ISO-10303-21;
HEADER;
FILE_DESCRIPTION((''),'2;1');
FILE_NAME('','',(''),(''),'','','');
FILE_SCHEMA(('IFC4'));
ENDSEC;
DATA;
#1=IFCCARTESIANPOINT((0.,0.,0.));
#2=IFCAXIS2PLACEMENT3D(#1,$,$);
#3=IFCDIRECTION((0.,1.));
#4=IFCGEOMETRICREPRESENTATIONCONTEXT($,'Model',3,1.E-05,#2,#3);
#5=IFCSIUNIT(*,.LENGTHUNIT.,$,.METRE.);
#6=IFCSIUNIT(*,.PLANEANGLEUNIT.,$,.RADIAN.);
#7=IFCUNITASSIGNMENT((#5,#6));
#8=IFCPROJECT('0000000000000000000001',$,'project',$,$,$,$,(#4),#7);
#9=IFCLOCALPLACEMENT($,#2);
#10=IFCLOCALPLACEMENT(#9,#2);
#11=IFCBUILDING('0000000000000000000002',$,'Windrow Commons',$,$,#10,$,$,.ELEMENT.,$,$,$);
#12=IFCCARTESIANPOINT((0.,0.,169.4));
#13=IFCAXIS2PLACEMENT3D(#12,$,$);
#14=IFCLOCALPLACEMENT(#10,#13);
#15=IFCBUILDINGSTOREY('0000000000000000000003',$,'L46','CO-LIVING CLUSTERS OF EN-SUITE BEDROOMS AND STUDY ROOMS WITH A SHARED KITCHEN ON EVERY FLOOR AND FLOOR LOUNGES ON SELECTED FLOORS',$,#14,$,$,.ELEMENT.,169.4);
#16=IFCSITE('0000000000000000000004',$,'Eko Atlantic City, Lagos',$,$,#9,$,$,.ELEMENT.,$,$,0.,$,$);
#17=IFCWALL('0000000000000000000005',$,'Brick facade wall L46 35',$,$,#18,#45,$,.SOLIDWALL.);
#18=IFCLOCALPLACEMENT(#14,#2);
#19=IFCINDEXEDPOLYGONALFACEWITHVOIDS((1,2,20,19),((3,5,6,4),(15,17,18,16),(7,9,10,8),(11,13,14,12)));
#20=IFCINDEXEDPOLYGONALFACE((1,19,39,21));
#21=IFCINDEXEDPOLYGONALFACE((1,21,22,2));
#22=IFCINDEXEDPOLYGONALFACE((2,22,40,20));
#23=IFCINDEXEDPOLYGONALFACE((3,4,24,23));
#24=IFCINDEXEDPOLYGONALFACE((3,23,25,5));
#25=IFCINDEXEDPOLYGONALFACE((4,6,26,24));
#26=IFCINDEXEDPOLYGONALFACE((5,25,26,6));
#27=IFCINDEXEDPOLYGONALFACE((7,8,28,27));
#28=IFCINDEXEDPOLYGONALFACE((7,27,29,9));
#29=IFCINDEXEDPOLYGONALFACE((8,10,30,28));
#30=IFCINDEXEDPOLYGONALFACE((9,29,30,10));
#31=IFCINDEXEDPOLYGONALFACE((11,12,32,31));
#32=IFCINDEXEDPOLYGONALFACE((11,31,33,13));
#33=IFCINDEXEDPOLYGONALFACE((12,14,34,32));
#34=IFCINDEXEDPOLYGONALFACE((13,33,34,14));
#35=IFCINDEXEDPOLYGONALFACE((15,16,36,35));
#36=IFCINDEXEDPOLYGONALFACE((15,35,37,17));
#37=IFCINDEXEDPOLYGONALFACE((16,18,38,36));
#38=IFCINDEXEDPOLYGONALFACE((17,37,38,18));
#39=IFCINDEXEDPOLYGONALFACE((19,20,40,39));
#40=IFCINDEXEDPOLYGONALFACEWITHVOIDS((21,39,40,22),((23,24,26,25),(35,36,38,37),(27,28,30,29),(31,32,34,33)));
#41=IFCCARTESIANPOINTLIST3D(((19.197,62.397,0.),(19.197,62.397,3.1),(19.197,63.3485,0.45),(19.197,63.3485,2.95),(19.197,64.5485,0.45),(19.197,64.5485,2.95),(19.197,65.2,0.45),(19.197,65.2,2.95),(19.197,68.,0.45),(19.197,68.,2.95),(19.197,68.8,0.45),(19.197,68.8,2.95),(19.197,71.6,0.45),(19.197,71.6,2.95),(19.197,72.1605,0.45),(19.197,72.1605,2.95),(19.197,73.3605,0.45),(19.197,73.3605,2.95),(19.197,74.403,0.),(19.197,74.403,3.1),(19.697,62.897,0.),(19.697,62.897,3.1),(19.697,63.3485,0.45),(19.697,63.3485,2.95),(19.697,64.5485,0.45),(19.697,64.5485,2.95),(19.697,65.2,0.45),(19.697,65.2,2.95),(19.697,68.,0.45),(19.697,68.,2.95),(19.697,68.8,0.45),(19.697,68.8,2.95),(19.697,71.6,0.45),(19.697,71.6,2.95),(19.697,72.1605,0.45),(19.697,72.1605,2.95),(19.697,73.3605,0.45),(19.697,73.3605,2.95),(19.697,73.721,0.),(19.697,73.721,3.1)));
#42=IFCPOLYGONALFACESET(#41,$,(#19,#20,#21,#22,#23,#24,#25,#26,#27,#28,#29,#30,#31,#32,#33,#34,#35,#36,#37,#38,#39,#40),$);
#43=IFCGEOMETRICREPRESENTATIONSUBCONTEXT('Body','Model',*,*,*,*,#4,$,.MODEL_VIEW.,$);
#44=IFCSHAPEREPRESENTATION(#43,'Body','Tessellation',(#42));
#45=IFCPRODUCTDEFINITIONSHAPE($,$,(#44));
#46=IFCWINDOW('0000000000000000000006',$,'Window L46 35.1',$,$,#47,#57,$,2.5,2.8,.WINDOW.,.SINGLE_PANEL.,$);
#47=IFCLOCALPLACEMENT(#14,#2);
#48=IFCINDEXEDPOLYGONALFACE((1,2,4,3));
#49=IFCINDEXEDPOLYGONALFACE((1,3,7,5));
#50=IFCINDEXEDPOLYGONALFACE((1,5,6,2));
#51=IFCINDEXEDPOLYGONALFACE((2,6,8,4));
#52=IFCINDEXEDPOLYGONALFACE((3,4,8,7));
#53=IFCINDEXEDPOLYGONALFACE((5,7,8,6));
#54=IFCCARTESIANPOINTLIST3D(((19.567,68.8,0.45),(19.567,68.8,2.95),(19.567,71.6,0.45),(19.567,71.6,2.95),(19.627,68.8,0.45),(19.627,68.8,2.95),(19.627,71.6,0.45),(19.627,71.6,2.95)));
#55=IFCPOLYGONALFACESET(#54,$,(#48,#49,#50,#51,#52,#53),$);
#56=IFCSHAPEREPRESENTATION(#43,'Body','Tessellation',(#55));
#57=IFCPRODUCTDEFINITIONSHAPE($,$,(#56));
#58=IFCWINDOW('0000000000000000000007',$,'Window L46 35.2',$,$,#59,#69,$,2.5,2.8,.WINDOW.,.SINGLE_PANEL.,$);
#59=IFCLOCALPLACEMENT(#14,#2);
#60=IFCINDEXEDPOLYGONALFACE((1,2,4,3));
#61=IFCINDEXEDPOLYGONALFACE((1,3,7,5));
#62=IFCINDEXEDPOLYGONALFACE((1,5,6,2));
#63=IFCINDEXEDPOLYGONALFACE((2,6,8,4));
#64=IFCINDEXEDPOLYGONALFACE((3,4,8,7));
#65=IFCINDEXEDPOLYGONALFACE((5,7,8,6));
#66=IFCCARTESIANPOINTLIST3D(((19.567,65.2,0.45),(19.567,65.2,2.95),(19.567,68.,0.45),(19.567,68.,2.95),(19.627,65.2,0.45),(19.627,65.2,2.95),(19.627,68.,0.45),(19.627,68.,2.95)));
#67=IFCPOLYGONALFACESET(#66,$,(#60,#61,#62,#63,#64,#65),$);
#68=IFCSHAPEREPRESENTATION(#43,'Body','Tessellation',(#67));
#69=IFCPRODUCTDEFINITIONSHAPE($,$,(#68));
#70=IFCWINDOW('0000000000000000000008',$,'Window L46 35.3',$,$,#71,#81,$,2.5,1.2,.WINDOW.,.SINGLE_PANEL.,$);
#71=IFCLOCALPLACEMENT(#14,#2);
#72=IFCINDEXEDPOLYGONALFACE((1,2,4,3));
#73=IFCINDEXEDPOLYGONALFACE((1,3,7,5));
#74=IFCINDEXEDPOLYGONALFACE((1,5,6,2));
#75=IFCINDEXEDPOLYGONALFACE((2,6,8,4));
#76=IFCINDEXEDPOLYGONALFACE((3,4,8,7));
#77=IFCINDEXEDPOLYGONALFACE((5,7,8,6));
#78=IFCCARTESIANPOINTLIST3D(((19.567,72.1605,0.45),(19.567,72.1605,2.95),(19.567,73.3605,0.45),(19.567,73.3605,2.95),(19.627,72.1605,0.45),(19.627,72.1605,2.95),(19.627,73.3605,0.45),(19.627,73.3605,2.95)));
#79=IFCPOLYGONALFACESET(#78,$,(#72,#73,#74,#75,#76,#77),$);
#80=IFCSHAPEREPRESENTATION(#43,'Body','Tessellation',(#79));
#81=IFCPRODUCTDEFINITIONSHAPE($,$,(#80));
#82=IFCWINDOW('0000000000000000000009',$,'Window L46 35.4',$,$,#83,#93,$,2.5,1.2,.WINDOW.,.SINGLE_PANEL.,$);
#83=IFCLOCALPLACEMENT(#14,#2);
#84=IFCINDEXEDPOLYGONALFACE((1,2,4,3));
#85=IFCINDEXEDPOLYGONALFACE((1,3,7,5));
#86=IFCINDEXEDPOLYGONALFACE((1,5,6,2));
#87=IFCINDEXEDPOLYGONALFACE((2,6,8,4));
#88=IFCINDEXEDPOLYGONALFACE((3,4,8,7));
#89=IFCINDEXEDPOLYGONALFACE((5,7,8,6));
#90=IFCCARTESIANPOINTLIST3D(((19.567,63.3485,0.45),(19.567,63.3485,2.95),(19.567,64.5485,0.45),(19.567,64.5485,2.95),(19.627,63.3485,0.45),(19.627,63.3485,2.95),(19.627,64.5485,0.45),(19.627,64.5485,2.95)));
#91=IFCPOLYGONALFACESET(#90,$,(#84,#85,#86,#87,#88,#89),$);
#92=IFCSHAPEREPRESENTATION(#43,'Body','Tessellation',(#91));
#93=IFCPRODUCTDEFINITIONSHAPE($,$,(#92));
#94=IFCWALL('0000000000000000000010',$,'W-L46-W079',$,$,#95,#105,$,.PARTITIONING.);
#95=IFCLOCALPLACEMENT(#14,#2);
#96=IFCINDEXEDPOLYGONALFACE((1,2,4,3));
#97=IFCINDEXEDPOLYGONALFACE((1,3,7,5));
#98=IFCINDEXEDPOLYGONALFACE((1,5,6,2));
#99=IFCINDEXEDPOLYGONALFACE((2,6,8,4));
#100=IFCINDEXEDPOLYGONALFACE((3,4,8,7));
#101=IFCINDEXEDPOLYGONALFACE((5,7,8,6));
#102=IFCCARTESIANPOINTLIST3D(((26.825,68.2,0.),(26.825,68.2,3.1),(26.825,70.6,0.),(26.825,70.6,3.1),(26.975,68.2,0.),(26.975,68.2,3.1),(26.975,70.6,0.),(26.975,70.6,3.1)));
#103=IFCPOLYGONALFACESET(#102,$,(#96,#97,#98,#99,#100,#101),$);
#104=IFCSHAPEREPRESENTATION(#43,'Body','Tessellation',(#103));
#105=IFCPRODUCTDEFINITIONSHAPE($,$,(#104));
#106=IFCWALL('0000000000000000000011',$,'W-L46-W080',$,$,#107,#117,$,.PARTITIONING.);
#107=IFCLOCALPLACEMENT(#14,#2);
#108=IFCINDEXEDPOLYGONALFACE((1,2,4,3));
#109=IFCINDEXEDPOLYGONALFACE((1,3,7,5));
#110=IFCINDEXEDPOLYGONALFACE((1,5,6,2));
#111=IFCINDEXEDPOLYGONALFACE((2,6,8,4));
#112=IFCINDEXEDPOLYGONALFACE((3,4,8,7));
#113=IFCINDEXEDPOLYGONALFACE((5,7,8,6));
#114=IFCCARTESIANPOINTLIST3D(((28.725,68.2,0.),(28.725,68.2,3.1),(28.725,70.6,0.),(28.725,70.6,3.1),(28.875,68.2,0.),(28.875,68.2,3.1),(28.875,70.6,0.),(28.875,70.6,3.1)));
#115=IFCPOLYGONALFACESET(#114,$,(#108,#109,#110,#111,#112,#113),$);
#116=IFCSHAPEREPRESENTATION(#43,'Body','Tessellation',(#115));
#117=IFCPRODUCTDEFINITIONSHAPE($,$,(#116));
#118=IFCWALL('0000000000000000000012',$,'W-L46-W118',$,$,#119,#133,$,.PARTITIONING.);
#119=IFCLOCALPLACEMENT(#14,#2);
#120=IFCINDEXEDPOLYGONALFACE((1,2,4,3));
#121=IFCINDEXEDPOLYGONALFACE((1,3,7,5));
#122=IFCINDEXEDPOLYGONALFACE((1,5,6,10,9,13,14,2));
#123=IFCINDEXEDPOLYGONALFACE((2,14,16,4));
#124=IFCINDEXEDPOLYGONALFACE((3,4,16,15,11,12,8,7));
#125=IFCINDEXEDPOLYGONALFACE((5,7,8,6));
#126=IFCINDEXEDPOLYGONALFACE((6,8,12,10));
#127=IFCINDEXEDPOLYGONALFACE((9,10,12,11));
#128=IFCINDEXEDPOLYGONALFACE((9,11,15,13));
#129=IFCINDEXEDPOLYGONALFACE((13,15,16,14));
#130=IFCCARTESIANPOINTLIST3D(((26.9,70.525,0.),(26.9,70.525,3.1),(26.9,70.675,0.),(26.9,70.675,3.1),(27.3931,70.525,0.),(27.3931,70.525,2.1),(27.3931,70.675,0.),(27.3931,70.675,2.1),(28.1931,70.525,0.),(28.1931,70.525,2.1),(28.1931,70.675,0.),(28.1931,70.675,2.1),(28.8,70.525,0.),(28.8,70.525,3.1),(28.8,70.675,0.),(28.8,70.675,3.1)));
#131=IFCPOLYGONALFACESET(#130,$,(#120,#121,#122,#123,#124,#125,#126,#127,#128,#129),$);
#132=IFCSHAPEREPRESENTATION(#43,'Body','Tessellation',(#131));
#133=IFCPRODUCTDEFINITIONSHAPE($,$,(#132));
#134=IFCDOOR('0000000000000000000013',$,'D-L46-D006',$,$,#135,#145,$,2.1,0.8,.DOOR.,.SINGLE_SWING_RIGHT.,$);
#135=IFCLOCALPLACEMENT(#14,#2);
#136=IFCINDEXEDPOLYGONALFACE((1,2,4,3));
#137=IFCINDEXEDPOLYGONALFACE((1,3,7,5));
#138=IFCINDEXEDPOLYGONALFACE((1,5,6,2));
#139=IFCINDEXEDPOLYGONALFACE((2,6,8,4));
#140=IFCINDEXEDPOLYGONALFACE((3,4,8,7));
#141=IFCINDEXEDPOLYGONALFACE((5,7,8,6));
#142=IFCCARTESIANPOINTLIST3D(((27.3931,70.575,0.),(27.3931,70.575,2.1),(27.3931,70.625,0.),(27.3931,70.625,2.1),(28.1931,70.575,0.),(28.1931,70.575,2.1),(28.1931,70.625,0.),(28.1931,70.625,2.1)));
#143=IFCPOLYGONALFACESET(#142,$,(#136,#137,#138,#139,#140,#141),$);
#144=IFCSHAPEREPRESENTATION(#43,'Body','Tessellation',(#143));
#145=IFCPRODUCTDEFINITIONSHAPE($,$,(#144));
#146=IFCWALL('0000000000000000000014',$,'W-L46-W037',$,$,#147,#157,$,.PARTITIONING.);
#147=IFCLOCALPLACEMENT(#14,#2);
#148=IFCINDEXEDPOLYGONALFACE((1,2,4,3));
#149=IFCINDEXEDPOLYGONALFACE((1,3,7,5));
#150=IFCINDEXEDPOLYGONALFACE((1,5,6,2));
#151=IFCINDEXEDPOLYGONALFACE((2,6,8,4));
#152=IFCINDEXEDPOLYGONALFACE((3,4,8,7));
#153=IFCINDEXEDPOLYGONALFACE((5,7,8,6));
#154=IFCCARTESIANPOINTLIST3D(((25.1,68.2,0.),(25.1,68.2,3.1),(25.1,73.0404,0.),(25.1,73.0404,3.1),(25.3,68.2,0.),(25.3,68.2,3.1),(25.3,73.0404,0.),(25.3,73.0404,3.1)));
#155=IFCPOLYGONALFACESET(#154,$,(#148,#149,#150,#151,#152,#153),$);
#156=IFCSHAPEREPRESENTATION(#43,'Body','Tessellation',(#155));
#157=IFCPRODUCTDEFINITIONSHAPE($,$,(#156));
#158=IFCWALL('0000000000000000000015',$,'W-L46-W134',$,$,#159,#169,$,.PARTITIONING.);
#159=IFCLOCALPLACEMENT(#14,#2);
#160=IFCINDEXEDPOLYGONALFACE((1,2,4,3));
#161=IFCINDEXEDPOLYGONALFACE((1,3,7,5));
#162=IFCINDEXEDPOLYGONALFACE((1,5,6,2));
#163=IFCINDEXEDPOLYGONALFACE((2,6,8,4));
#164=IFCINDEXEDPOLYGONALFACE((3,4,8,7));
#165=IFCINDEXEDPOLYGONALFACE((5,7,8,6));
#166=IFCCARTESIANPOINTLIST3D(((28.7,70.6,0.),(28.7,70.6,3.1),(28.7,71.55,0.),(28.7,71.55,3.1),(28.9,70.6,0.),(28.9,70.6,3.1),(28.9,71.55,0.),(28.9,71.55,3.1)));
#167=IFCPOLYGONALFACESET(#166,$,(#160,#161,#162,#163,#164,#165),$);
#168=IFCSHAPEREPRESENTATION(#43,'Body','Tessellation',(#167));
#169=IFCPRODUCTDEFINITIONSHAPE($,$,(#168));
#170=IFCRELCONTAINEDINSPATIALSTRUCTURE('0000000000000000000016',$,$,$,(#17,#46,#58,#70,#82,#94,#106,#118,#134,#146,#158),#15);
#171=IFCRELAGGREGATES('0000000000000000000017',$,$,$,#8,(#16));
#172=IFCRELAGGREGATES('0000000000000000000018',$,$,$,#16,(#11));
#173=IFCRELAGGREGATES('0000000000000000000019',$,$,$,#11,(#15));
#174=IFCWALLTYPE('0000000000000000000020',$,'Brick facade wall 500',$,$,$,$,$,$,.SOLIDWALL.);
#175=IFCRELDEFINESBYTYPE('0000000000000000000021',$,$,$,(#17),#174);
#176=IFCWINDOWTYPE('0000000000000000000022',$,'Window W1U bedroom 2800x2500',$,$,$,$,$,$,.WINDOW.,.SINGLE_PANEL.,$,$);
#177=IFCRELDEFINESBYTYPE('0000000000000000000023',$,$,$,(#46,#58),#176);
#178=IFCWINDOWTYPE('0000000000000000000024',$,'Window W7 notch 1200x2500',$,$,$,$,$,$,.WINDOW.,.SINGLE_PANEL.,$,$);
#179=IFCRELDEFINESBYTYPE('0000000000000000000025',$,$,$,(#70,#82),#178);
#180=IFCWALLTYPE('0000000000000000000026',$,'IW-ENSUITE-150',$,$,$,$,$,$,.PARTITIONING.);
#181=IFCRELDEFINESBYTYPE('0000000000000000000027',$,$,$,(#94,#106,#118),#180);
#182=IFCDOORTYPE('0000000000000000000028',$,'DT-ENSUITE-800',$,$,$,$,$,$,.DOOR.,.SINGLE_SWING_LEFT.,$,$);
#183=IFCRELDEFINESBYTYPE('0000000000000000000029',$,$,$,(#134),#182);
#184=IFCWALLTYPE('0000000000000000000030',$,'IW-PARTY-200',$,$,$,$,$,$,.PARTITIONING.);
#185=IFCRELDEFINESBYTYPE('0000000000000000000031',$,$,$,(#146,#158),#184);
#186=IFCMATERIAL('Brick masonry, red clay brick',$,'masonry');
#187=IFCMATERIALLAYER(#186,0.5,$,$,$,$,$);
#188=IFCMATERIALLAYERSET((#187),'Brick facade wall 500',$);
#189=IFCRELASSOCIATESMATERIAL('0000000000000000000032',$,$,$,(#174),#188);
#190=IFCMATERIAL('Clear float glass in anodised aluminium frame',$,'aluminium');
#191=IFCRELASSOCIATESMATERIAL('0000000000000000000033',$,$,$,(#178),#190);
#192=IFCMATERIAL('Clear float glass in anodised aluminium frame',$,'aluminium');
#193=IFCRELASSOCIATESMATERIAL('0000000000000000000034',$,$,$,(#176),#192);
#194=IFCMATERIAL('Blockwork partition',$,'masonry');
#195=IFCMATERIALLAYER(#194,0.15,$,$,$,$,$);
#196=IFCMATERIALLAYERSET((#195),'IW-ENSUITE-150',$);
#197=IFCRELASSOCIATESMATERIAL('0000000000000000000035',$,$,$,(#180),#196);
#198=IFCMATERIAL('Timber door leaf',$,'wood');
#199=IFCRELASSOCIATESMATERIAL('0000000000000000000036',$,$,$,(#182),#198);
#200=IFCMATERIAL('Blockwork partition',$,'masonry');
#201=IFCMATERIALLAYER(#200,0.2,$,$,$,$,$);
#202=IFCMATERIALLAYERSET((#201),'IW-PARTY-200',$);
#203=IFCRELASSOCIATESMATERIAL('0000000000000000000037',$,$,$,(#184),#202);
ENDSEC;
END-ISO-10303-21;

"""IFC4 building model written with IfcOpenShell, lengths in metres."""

from ifc_helpers import new_model, si_unit, direction, frame, frame_2d, origin, place, context, subcontext, project, spatial, polyline, rectangle, outline, extrude, material, layer, layer_set, type_object, element, fill, save


model = new_model("IFC4")

# Units and contexts
model_context = context("Model", 3, precision=1e-05, world=origin(), true_north=direction((0.0, 1.0)))
body_context = subcontext(model_context, "Body", "Model", "MODEL_VIEW")
ifc_project = project(units=[si_unit("LENGTHUNIT", "METRE"), si_unit("PLANEANGLEUNIT", "RADIAN")], contexts=[model_context])

# Site, building, storey
site_placement = place(None, origin())
site = spatial("IfcSite", under=ifc_project, at=site_placement, Name="Eko Atlantic City, Lagos", CompositionType="ELEMENT", RefElevation=0.0)
building_placement = place(site_placement, origin())
building = spatial("IfcBuilding", under=site, at=building_placement, Name="Windrow Commons", CompositionType="ELEMENT")
storey_placement = place(building_placement, frame((0.0, 0.0, 169.4)))
storey = spatial("IfcBuildingStorey", under=building, at=storey_placement, Name="L46", Description="CO-LIVING CLUSTERS OF EN-SUITE BEDROOMS AND STUDY ROOMS WITH A SHARED KITCHEN ON EVERY FLOOR AND FLOOR LOUNGES ON SELECTED FLOORS", CompositionType="ELEMENT", Elevation=169.4)

# Shared definitions
ifc_material_1 = material(Name="Brick masonry, red clay brick", Category="masonry")
ifc_layer_1 = layer(ifc_material_1, 0.5)
ifc_layer_set_1 = layer_set([ifc_layer_1], Name="Brick facade wall 500")
wall_type_1 = type_object("IfcWallType", Name="Brick facade wall 500", PredefinedType="SOLIDWALL", material=ifc_layer_set_1)
ifc_material_2 = material(Name="Clear float glass in anodised aluminium frame", Category="aluminium")
window_type_1 = type_object("IfcWindowType", Name="Window W7 notch 1200x2500", PartitioningType="SINGLE_PANEL", PredefinedType="WINDOW", material=ifc_material_2)

# Wall, openings, windows
wall_1_placement = place(storey_placement, frame((19.447, 74.062, 0.0), z_axis=(0.0, 0.0, 1.0), x_axis=(0.0, -1.0, 0.0)))
wall_1 = element("IfcWall", 1, at=wall_1_placement, inside=storey, type_object=wall_type_1, Name="Brick facade wall L46 35", PredefinedType="SOLIDWALL", context=body_context, shape_type="SweptSolid", body=[
    extrude(outline(polyline([(-0.341, -0.25), (11.665, -0.25), (11.165, 0.25), (0.341, 0.25), (-0.341, -0.25)])), origin(), (0.0, 0.0, 1.0), 3.1),
])
opening_1_placement = place(wall_1_placement, frame((2.462, 0.0, 0.45)))
opening_1 = element("IfcOpeningElement", 2, at=opening_1_placement, cuts=wall_1, PredefinedType="OPENING", context=body_context, shape_type="SweptSolid", body=[
    extrude(rectangle(XDim=2.8, YDim=2.5, at=frame_2d((1.4, 1.25))), frame((0.0, 0.26, 0.0), z_axis=(0.0, -1.0, 0.0), x_axis=(1.0, 0.0, 0.0)), (0.0, 0.0, 1.0), 0.52),
])
opening_2_placement = place(wall_1_placement, frame((6.062, 0.0, 0.45)))
opening_2 = element("IfcOpeningElement", 3, at=opening_2_placement, cuts=wall_1, PredefinedType="OPENING", context=body_context, shape_type="SweptSolid", body=[
    extrude(rectangle(XDim=2.8, YDim=2.5, at=frame_2d((1.4, 1.25))), frame((0.0, 0.26, 0.0), z_axis=(0.0, -1.0, 0.0), x_axis=(1.0, 0.0, 0.0)), (0.0, 0.0, 1.0), 0.52),
])
opening_3_placement = place(wall_1_placement, frame((0.7015, 0.0, 0.45)))
opening_3 = element("IfcOpeningElement", 4, at=opening_3_placement, cuts=wall_1, PredefinedType="OPENING", context=body_context, shape_type="SweptSolid", body=[
    extrude(rectangle(XDim=1.2, YDim=2.5, at=frame_2d((0.6, 1.25))), frame((0.0, 0.26, 0.0), z_axis=(0.0, -1.0, 0.0), x_axis=(1.0, 0.0, 0.0)), (0.0, 0.0, 1.0), 0.52),
])
opening_4_placement = place(wall_1_placement, frame((9.5135, 0.0, 0.45)))
opening_4 = element("IfcOpeningElement", 5, at=opening_4_placement, cuts=wall_1, PredefinedType="OPENING", context=body_context, shape_type="SweptSolid", body=[
    extrude(rectangle(XDim=1.2, YDim=2.5, at=frame_2d((0.6, 1.25))), frame((0.0, 0.26, 0.0), z_axis=(0.0, -1.0, 0.0), x_axis=(1.0, 0.0, 0.0)), (0.0, 0.0, 1.0), 0.52),
])
ifc_material_3 = material(Name="Clear float glass in anodised aluminium frame", Category="aluminium")
window_type_2 = type_object("IfcWindowType", Name="Window W1U bedroom 2800x2500", PartitioningType="SINGLE_PANEL", PredefinedType="WINDOW", material=ifc_material_3)
window_1_placement = place(opening_1_placement, origin())
window_1 = element("IfcWindow", 6, at=window_1_placement, inside=storey, type_object=window_type_2, Name="Window L46 35.1", OverallHeight=2.5, OverallWidth=2.8, PartitioningType="SINGLE_PANEL", PredefinedType="WINDOW", context=body_context, shape_type="SweptSolid", body=[
    extrude(rectangle(XDim=2.8, YDim=2.5, at=frame_2d((1.4, 1.25))), frame((0.0, 0.18, 0.0), z_axis=(0.0, -1.0, 0.0), x_axis=(1.0, 0.0, 0.0)), (0.0, 0.0, 1.0), 0.06),
])
fill(opening_1, window_1)
window_2_placement = place(opening_2_placement, origin())
window_2 = element("IfcWindow", 7, at=window_2_placement, inside=storey, type_object=window_type_2, Name="Window L46 35.2", OverallHeight=2.5, OverallWidth=2.8, PartitioningType="SINGLE_PANEL", PredefinedType="WINDOW", context=body_context, shape_type="SweptSolid", body=[
    extrude(rectangle(XDim=2.8, YDim=2.5, at=frame_2d((1.4, 1.25))), frame((0.0, 0.18, 0.0), z_axis=(0.0, -1.0, 0.0), x_axis=(1.0, 0.0, 0.0)), (0.0, 0.0, 1.0), 0.06),
])
fill(opening_2, window_2)
window_3_placement = place(opening_3_placement, origin())
window_3 = element("IfcWindow", 8, at=window_3_placement, inside=storey, type_object=window_type_1, Name="Window L46 35.3", OverallHeight=2.5, OverallWidth=1.2, PartitioningType="SINGLE_PANEL", PredefinedType="WINDOW", context=body_context, shape_type="SweptSolid", body=[
    extrude(rectangle(XDim=1.2, YDim=2.5, at=frame_2d((0.6, 1.25))), frame((0.0, 0.18, 0.0), z_axis=(0.0, -1.0, 0.0), x_axis=(1.0, 0.0, 0.0)), (0.0, 0.0, 1.0), 0.06),
])
fill(opening_3, window_3)
window_4_placement = place(opening_4_placement, origin())
window_4 = element("IfcWindow", 9, at=window_4_placement, inside=storey, type_object=window_type_1, Name="Window L46 35.4", OverallHeight=2.5, OverallWidth=1.2, PartitioningType="SINGLE_PANEL", PredefinedType="WINDOW", context=body_context, shape_type="SweptSolid", body=[
    extrude(rectangle(XDim=1.2, YDim=2.5, at=frame_2d((0.6, 1.25))), frame((0.0, 0.18, 0.0), z_axis=(0.0, -1.0, 0.0), x_axis=(1.0, 0.0, 0.0)), (0.0, 0.0, 1.0), 0.06),
])
fill(opening_4, window_4)

# Walls
ifc_material_4 = material(Name="Blockwork partition", Category="masonry")
ifc_layer_2 = layer(ifc_material_4, 0.15)
ifc_layer_set_2 = layer_set([ifc_layer_2], Name="IW-ENSUITE-150")
wall_type_2 = type_object("IfcWallType", Name="IW-ENSUITE-150", PredefinedType="PARTITIONING", material=ifc_layer_set_2)
for number, where, z_axis, x_axis, name in (
    (10, (26.9, 68.2, 0.0), (0.0, 0.0, 1.0), (0.0, 1.0, 0.0), "W-L46-W079"),
    (11, (28.8, 68.2, 0.0), (0.0, 0.0, 1.0), (0.0, 1.0, 0.0), "W-L46-W080"),
):
    element("IfcWall", number, at=place(storey_placement, frame(where, z_axis=z_axis, x_axis=x_axis)), inside=storey, type_object=wall_type_2, Name=name, PredefinedType="PARTITIONING", context=body_context, shape_type="SweptSolid", body=[
        extrude(rectangle(XDim=2.4, YDim=0.15, at=frame_2d((1.2, 0.0))), origin(), (0.0, 0.0, 1.0), 3.1),
    ])

# Wall, opening, door
wall_2_placement = place(storey_placement, frame((26.9, 70.6, 0.0), z_axis=(0.0, 0.0, 1.0), x_axis=(1.0, 0.0, 0.0)))
wall_2 = element("IfcWall", 12, at=wall_2_placement, inside=storey, type_object=wall_type_2, Name="W-L46-W118", PredefinedType="PARTITIONING", context=body_context, shape_type="SweptSolid", body=[
    extrude(rectangle(XDim=1.9, YDim=0.15, at=frame_2d((0.95, 0.0))), origin(), (0.0, 0.0, 1.0), 3.1),
])
opening_5_placement = place(wall_2_placement, frame((0.4931, 0.0, 0.0)))
opening_5 = element("IfcOpeningElement", 13, at=opening_5_placement, cuts=wall_2, PredefinedType="OPENING", context=body_context, shape_type="SweptSolid", body=[
    extrude(rectangle(XDim=0.8, YDim=2.1, at=frame_2d((0.4, 1.05))), frame((0.0, 0.085, 0.0), z_axis=(0.0, -1.0, 0.0), x_axis=(1.0, 0.0, 0.0)), (0.0, 0.0, 1.0), 0.17),
])
ifc_material_5 = material(Name="Timber door leaf", Category="wood")
door_type = type_object("IfcDoorType", Name="DT-ENSUITE-800", OperationType="SINGLE_SWING_LEFT", PredefinedType="DOOR", material=ifc_material_5)
door_placement = place(opening_5_placement, origin())
door = element("IfcDoor", 14, at=door_placement, inside=storey, type_object=door_type, Name="D-L46-D006", OperationType="SINGLE_SWING_RIGHT", OverallHeight=2.1, OverallWidth=0.8, PredefinedType="DOOR", context=body_context, shape_type="SweptSolid", body=[
    extrude(rectangle(XDim=0.8, YDim=2.1, at=frame_2d((0.4, 1.05))), frame((0.0, 0.025, 0.0), z_axis=(0.0, -1.0, 0.0), x_axis=(1.0, 0.0, 0.0)), (0.0, 0.0, 1.0), 0.05),
])
fill(opening_5, door)

# Walls
ifc_material_6 = material(Name="Blockwork partition", Category="masonry")
ifc_layer_3 = layer(ifc_material_6, 0.2)
ifc_layer_set_3 = layer_set([ifc_layer_3], Name="IW-PARTY-200")
wall_type_3 = type_object("IfcWallType", Name="IW-PARTY-200", PredefinedType="PARTITIONING", material=ifc_layer_set_3)
wall_3_placement = place(storey_placement, frame((25.2, 68.2, 0.0), z_axis=(0.0, 0.0, 1.0), x_axis=(0.0, 1.0, 0.0)))
element("IfcWall", 15, at=wall_3_placement, inside=storey, type_object=wall_type_3, Name="W-L46-W037", PredefinedType="PARTITIONING", context=body_context, shape_type="SweptSolid", body=[
    extrude(rectangle(XDim=4.8403, YDim=0.2, at=frame_2d((2.4202, 0.0))), origin(), (0.0, 0.0, 1.0), 3.1),
])
wall_4_placement = place(storey_placement, frame((28.8, 70.6, 0.0), z_axis=(0.0, 0.0, 1.0), x_axis=(0.0, 1.0, 0.0)))
element("IfcWall", 16, at=wall_4_placement, inside=storey, type_object=wall_type_3, Name="W-L46-W134", PredefinedType="PARTITIONING", context=body_context, shape_type="SweptSolid", body=[
    extrude(rectangle(XDim=0.95, YDim=0.2, at=frame_2d((0.475, 0.0))), origin(), (0.0, 0.0, 1.0), 3.1),
])

save(model, "model.ifc")
